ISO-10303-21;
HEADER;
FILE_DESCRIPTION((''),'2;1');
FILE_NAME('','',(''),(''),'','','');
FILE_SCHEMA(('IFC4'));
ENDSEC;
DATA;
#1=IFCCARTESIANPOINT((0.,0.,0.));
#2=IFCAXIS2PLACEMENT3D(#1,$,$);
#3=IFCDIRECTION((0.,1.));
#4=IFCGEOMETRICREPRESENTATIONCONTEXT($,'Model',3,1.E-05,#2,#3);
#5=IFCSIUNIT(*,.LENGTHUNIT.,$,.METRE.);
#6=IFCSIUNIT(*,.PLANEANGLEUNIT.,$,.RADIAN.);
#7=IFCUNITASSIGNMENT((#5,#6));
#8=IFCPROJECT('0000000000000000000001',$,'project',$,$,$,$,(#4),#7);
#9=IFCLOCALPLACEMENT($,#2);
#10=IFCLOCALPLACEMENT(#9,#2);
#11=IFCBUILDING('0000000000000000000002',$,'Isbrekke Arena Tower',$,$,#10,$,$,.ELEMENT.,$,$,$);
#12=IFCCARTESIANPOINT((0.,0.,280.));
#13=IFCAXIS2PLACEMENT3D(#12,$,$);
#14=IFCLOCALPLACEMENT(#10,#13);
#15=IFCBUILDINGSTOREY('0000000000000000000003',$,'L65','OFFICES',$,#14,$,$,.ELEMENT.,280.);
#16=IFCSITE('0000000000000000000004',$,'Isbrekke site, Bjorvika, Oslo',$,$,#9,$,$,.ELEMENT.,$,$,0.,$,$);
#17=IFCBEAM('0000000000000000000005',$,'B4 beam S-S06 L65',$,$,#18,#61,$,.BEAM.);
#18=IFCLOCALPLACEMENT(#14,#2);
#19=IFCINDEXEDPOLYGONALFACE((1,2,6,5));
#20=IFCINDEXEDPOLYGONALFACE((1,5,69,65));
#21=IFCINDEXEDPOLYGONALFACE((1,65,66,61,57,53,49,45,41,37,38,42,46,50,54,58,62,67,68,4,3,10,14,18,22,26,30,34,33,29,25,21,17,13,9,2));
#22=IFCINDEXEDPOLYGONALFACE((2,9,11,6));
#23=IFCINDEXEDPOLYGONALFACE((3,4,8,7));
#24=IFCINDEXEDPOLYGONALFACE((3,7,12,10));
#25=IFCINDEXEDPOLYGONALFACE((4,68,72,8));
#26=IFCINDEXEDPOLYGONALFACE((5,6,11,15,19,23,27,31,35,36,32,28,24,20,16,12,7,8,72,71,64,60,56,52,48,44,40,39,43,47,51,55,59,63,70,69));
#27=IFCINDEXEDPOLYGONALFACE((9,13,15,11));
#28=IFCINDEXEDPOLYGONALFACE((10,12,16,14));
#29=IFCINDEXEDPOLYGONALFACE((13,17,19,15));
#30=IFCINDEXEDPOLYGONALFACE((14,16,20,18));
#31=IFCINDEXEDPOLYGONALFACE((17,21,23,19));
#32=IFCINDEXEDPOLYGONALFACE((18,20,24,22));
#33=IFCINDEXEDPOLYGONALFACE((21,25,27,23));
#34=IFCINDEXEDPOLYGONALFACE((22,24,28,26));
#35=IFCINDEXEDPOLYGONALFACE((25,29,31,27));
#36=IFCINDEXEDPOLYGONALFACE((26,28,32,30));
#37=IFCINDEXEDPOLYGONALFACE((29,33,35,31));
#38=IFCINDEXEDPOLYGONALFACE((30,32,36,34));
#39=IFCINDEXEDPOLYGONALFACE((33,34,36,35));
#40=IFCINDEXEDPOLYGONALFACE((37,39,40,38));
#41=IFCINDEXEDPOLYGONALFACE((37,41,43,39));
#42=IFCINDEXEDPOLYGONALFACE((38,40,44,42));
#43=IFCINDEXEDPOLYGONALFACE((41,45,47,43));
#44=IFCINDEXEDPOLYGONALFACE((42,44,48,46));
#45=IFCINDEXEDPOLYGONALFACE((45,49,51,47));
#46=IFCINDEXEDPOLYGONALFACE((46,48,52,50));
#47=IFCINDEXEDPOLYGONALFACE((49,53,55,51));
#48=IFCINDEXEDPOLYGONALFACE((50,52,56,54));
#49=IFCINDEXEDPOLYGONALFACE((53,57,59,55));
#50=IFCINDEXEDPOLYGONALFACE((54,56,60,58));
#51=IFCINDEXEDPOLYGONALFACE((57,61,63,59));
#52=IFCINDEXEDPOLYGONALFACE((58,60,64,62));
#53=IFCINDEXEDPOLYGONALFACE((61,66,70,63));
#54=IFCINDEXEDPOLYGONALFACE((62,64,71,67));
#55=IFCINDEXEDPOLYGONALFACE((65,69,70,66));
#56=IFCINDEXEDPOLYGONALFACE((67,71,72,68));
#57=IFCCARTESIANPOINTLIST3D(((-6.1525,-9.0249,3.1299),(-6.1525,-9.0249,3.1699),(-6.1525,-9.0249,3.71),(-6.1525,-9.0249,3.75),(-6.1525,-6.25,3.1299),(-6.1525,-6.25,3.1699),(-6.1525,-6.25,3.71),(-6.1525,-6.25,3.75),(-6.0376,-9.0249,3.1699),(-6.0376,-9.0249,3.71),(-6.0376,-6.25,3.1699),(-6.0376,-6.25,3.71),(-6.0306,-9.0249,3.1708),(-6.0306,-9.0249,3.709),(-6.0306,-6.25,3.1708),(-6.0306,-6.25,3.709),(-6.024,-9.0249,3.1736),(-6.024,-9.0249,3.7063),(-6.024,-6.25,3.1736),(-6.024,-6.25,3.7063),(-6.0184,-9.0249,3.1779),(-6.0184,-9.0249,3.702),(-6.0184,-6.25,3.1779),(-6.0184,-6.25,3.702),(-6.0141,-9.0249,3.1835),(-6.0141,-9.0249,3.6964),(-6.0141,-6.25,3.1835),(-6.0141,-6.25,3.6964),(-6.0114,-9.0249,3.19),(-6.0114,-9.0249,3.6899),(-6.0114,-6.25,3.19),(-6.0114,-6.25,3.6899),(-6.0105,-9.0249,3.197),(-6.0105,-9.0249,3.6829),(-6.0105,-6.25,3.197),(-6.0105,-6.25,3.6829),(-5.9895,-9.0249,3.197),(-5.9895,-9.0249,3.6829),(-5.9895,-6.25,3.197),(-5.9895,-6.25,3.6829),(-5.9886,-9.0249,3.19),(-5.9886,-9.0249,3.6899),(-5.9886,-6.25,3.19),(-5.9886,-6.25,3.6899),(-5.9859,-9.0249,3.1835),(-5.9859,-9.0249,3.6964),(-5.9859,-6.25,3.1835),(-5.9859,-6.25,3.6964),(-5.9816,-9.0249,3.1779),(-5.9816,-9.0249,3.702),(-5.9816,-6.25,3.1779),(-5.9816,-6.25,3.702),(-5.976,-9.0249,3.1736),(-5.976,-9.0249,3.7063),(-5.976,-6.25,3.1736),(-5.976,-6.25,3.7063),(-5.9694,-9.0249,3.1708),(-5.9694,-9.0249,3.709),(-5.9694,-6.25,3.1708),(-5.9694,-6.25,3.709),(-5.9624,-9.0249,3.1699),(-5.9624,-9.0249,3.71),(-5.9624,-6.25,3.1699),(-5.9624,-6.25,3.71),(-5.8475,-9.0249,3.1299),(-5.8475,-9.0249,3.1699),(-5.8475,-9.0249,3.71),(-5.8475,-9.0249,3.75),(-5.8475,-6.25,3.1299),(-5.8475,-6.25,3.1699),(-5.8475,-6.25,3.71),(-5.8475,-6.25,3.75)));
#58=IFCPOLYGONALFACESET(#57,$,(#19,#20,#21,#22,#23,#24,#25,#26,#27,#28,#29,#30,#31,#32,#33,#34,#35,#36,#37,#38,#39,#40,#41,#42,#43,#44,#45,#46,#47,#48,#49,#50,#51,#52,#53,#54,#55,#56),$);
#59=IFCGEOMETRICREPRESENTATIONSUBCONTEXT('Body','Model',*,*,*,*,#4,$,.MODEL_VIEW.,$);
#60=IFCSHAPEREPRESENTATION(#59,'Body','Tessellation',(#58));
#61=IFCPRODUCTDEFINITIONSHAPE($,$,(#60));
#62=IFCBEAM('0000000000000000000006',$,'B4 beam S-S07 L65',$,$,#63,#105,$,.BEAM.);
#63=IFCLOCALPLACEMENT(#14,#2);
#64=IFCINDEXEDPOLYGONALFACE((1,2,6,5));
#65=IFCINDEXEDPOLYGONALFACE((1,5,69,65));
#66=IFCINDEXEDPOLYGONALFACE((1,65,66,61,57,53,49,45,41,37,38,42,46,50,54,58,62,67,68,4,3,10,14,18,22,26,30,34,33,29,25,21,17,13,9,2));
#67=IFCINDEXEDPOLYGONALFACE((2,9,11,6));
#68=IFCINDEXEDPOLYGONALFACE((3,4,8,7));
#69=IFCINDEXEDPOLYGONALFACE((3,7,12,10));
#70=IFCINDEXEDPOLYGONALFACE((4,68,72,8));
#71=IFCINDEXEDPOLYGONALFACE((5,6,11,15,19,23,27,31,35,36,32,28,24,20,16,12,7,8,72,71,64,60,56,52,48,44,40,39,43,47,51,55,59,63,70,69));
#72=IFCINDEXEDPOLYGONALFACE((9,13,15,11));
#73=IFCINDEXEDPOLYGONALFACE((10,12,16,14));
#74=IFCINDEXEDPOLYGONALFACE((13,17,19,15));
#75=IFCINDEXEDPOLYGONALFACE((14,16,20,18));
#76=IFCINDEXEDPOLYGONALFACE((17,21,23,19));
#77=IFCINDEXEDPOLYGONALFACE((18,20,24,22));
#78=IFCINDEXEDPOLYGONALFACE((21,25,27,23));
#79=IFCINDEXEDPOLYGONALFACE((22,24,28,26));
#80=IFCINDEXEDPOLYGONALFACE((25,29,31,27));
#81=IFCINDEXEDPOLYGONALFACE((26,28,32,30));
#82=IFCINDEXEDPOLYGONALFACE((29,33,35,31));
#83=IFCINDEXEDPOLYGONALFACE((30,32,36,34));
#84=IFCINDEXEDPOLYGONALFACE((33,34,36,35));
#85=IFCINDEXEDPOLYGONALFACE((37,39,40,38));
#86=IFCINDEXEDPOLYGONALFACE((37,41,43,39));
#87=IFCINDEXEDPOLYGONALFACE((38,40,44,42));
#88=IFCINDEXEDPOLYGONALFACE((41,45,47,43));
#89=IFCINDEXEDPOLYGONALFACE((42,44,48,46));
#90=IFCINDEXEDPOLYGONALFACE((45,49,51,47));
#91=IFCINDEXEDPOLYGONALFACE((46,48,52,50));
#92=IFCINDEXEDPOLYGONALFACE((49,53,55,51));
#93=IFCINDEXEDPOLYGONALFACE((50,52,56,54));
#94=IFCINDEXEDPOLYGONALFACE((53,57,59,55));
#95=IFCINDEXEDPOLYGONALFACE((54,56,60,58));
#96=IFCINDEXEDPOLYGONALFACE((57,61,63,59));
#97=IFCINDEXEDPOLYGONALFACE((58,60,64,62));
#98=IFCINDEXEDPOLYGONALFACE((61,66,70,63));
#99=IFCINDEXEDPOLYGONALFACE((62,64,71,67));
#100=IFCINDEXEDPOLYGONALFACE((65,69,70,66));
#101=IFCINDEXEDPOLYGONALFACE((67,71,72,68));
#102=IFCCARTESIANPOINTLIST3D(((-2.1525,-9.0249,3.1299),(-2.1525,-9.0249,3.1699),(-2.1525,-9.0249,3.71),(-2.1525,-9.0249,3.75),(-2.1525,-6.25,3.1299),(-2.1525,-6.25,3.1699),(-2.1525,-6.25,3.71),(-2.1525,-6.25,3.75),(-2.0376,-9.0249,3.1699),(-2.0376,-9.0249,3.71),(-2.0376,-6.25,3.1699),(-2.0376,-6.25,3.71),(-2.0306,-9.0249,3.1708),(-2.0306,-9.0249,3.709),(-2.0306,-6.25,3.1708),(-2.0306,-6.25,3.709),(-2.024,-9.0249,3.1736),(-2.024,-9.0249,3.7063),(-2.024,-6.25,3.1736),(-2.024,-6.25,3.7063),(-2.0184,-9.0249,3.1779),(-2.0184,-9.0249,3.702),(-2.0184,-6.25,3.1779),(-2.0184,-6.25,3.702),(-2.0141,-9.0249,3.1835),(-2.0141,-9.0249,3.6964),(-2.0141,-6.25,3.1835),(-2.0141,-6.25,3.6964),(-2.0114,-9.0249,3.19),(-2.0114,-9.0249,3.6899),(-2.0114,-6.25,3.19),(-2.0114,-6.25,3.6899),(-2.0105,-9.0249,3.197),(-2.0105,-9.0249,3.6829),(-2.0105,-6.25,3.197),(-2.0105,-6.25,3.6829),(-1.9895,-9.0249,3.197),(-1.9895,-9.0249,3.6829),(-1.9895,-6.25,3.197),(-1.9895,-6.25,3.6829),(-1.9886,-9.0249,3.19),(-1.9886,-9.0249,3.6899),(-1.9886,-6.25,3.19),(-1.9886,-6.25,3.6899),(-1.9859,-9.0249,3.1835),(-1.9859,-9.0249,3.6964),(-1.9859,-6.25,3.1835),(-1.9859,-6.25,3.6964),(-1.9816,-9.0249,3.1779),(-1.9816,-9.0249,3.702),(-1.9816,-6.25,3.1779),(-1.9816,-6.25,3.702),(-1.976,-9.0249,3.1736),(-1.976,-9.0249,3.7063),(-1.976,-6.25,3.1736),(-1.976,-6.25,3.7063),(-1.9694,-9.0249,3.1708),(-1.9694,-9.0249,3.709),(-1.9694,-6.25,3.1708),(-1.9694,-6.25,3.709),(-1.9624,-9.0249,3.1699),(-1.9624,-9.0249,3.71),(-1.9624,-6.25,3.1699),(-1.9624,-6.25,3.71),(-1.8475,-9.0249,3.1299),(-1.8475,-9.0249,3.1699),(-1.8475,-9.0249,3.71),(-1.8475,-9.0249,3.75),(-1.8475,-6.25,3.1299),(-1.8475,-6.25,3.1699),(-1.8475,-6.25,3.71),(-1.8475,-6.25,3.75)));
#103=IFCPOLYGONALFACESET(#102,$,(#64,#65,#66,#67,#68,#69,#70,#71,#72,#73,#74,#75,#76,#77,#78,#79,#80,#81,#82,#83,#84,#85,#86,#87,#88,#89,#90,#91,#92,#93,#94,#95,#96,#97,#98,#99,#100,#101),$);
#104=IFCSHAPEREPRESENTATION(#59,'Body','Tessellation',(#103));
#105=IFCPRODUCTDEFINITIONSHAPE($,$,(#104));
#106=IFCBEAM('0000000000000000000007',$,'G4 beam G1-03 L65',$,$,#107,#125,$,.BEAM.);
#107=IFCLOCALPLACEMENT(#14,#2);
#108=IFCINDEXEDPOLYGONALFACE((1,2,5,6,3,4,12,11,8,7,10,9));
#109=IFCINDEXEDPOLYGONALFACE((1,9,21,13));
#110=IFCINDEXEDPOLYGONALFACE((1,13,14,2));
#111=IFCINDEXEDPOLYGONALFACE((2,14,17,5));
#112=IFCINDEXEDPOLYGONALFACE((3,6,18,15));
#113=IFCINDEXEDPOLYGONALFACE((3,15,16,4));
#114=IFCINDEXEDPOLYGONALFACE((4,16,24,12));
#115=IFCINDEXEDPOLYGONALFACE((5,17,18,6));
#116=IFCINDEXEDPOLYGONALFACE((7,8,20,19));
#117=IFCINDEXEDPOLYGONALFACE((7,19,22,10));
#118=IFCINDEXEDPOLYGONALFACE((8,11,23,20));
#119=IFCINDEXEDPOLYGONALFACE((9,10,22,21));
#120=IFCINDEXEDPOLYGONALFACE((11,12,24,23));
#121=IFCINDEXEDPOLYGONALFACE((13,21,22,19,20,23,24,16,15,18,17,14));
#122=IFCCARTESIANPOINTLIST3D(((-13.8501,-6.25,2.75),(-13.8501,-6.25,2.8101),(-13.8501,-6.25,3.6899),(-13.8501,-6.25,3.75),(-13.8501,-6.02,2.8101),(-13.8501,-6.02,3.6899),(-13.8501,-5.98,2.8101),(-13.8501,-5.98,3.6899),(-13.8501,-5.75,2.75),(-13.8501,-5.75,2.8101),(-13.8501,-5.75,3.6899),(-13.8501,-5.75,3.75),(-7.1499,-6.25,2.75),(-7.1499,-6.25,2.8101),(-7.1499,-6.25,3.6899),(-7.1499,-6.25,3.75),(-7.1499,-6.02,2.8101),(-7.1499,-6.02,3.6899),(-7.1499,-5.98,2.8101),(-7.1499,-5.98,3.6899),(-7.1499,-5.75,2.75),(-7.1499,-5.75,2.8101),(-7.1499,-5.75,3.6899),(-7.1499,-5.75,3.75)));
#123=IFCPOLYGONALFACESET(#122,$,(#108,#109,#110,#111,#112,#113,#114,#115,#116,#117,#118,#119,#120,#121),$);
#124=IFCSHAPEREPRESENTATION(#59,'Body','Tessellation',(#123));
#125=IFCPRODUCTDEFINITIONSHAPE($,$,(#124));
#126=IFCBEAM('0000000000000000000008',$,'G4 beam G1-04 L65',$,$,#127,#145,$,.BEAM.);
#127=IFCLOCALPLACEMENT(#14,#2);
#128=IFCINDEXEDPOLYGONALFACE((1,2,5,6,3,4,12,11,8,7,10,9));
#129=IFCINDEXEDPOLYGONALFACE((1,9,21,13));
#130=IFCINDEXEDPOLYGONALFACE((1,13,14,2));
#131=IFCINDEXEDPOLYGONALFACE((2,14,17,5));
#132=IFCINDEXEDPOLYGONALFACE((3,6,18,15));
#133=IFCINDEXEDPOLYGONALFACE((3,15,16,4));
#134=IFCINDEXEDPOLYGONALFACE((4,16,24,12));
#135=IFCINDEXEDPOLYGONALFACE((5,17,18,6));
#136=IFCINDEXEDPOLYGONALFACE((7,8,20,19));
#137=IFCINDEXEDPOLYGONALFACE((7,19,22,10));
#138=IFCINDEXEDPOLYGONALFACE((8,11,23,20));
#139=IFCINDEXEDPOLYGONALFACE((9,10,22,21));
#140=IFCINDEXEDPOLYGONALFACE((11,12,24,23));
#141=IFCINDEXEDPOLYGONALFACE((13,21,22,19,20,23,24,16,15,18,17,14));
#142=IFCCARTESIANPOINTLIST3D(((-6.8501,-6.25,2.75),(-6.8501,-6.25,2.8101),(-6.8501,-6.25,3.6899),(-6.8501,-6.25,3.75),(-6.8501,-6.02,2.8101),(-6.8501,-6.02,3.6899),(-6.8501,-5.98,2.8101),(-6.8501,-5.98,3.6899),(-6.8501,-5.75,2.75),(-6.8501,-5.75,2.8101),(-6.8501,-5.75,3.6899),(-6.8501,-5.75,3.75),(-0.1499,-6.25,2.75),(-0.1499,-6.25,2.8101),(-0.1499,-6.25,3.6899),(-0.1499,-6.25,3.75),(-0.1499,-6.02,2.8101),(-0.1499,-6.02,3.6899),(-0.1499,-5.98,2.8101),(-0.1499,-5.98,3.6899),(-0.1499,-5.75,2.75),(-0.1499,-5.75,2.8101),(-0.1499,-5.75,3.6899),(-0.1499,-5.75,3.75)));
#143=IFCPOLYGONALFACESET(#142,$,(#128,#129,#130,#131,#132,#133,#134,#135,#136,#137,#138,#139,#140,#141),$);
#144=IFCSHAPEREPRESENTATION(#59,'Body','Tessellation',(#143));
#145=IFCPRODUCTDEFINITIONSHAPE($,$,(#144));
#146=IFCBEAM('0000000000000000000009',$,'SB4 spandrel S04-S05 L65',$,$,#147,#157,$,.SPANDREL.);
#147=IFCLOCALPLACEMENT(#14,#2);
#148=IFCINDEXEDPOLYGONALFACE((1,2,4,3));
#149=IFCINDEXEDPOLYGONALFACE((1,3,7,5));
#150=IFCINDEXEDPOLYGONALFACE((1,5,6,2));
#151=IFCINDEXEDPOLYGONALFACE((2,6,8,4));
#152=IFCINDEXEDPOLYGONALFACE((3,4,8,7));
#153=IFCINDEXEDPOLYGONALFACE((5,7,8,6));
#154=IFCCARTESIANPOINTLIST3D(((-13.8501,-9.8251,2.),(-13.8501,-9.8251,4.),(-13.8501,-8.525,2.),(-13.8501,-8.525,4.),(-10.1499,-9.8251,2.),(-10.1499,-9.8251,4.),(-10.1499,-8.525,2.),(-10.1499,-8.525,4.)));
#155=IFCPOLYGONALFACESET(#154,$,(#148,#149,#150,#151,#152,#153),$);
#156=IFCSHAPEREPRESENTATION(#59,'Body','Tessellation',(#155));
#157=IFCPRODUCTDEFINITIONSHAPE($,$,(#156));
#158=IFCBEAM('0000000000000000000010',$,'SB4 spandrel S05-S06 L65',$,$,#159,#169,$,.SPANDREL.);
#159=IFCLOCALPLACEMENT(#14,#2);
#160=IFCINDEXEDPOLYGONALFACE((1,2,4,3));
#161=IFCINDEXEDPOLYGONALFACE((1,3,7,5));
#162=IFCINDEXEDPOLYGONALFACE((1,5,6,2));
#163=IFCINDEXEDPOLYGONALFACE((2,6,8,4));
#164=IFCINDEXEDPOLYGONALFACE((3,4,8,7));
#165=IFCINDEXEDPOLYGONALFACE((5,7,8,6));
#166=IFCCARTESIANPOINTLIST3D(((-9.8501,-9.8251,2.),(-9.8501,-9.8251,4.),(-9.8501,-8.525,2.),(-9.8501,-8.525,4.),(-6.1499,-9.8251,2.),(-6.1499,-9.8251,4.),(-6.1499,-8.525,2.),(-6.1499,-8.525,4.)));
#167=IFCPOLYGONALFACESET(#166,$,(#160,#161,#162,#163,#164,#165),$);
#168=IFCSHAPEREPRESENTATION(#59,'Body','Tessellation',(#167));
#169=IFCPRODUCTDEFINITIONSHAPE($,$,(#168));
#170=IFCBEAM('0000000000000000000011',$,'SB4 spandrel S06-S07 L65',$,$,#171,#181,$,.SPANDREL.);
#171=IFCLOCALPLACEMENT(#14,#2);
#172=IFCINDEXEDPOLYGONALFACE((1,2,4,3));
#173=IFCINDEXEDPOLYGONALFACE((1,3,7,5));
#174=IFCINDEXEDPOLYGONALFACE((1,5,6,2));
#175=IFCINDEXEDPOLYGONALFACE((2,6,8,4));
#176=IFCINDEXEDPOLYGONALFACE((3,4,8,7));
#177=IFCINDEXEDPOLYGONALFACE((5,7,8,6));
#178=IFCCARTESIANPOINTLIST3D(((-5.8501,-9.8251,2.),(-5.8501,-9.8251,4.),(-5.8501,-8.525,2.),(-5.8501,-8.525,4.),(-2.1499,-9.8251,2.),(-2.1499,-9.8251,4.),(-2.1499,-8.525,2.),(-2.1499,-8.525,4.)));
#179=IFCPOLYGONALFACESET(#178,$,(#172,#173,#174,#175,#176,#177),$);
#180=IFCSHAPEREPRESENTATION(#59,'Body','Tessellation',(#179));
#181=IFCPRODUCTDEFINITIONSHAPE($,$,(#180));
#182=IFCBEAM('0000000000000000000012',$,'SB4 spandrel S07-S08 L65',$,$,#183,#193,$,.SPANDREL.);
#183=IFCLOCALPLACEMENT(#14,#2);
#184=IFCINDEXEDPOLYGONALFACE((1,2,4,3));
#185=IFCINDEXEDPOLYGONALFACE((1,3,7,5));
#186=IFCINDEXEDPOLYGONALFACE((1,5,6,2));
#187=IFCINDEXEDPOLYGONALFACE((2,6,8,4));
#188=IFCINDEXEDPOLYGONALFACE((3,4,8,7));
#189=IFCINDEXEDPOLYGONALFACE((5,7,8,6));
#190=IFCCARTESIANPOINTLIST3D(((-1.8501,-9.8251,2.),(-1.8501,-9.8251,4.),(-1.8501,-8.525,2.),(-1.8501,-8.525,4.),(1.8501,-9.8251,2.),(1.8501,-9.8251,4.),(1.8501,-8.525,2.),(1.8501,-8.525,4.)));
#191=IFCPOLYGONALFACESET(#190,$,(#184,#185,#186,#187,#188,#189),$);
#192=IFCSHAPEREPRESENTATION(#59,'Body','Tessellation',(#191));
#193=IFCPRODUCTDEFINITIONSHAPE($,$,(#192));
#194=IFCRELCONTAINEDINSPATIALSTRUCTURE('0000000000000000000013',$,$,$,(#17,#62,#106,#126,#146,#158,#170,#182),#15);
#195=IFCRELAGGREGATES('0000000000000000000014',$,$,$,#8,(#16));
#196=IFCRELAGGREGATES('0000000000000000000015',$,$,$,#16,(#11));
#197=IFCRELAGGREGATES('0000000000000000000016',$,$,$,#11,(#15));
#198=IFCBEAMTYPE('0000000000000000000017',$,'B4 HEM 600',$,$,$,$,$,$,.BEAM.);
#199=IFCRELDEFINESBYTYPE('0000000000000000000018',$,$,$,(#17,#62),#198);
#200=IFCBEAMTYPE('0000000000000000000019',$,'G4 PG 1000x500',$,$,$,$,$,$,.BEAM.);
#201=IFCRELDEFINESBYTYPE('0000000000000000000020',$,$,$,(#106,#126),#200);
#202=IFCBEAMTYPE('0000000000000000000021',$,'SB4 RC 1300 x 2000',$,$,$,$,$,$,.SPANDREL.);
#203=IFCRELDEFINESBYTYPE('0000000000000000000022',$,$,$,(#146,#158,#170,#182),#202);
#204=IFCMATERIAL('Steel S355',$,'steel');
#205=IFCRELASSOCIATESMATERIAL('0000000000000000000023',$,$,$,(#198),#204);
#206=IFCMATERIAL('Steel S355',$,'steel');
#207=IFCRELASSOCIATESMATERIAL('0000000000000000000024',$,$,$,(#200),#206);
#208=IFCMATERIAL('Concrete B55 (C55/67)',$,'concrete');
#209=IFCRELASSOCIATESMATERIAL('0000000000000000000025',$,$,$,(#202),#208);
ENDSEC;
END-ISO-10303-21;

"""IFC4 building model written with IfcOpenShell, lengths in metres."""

from ifc_helpers import new_model, si_unit, direction, frame, origin, origin_2d, place, context, subcontext, project, spatial, rectangle, i_section, extrude, material, material_profile, profile_set, type_object, element, save


model = new_model("IFC4")

# Units and contexts
model_context = context("Model", 3, precision=1e-05, world=origin(), true_north=direction((0.0, 1.0)))
body_context = subcontext(model_context, "Body", "Model", "MODEL_VIEW")
ifc_project = project(units=[si_unit("LENGTHUNIT", "METRE"), si_unit("PLANEANGLEUNIT", "RADIAN")], contexts=[model_context])

# Site, building, storey
site_placement = place(None, origin())
site = spatial("IfcSite", under=ifc_project, at=site_placement, Name="Isbrekke site, Bjorvika, Oslo", CompositionType="ELEMENT", RefElevation=0.0)
building_placement = place(site_placement, origin())
building = spatial("IfcBuilding", under=site, at=building_placement, Name="Isbrekke Arena Tower", CompositionType="ELEMENT")
storey_placement = place(building_placement, frame((0.0, 0.0, 280.0)))
storey = spatial("IfcBuildingStorey", under=building, at=storey_placement, Name="L65", Description="OFFICES", CompositionType="ELEMENT", Elevation=280.0)

# Beams
ifc_material_1 = material(Name="Steel S355", Category="steel")
ifc_material_profile_1 = material_profile(ifc_material_1, i_section(OverallWidth=0.3049, OverallDepth=0.6201, WebThickness=0.021, FlangeThickness=0.04, FilletRadius=0.0271, at=origin_2d()), Name="HEM 600")
ifc_profile_set_1 = profile_set([ifc_material_profile_1], Name="Steel S355")
beam_type_1 = type_object("IfcBeamType", Name="B4 HEM 600", PredefinedType="BEAM", material=ifc_profile_set_1)
for number, where, z_axis, x_axis, name in (
    (1, (-6.0, -9.0249, 3.4399), (0.0, 1.0, 0.0), (-1.0, 0.0, 0.0), "B4 beam S-S06 L65"),
    (2, (-2.0, -9.0249, 3.4399), (0.0, 1.0, 0.0), (-1.0, 0.0, 0.0), "B4 beam S-S07 L65"),
):
    element("IfcBeam", number, at=place(storey_placement, frame(where, z_axis=z_axis, x_axis=x_axis)), inside=storey, type_object=beam_type_1, Name=name, PredefinedType="BEAM", context=body_context, shape_type="SweptSolid", body=[
        extrude(i_section(OverallWidth=0.3049, OverallDepth=0.6201, WebThickness=0.021, FlangeThickness=0.04, FilletRadius=0.0271, at=origin_2d()), origin(), (0.0, 0.0, 1.0), 2.7749),
    ])
ifc_material_2 = material(Name="Steel S355", Category="steel")
ifc_material_profile_2 = material_profile(ifc_material_2, i_section(OverallWidth=0.5, OverallDepth=1.0, WebThickness=0.04, FlangeThickness=0.0601, at=origin_2d()), Name="PG 1000x500")
ifc_profile_set_2 = profile_set([ifc_material_profile_2], Name="Steel S355")
beam_type_2 = type_object("IfcBeamType", Name="G4 PG 1000x500", PredefinedType="BEAM", material=ifc_profile_set_2)
for number, where, z_axis, x_axis, name in (
    (3, (-13.8501, -6.0, 3.25), (1.0, 0.0, 0.0), (0.0, 1.0, 0.0), "G4 beam G1-03 L65"),
    (4, (-6.8501, -6.0, 3.25), (1.0, 0.0, 0.0), (0.0, 1.0, 0.0), "G4 beam G1-04 L65"),
):
    element("IfcBeam", number, at=place(storey_placement, frame(where, z_axis=z_axis, x_axis=x_axis)), inside=storey, type_object=beam_type_2, Name=name, PredefinedType="BEAM", context=body_context, shape_type="SweptSolid", body=[
        extrude(i_section(OverallWidth=0.5, OverallDepth=1.0, WebThickness=0.04, FlangeThickness=0.0601, at=origin_2d()), origin(), (0.0, 0.0, 1.0), 6.7002),
    ])
ifc_material_3 = material(Name="Concrete B55 (C55/67)", Category="concrete")
ifc_material_profile_3 = material_profile(ifc_material_3, rectangle(XDim=1.3, YDim=2.0, at=origin_2d()), Name="RC 1300x2000")
ifc_profile_set_3 = profile_set([ifc_material_profile_3], Name="Concrete B55 (C55/67)")
beam_type_3 = type_object("IfcBeamType", Name="SB4 RC 1300 x 2000", PredefinedType="SPANDREL", material=ifc_profile_set_3)
for number, where, z_axis, x_axis, name in (
    (5, (-13.8501, -9.175, 3.0), (1.0, 0.0, 0.0), (0.0, 1.0, 0.0), "SB4 spandrel S04-S05 L65"),
    (6, (-9.8501, -9.175, 3.0), (1.0, 0.0, 0.0), (0.0, 1.0, 0.0), "SB4 spandrel S05-S06 L65"),
    (7, (-5.8501, -9.175, 3.0), (1.0, 0.0, 0.0), (0.0, 1.0, 0.0), "SB4 spandrel S06-S07 L65"),
    (8, (-1.8501, -9.175, 3.0), (1.0, 0.0, 0.0), (0.0, 1.0, 0.0), "SB4 spandrel S07-S08 L65"),
):
    element("IfcBeam", number, at=place(storey_placement, frame(where, z_axis=z_axis, x_axis=x_axis)), inside=storey, type_object=beam_type_3, Name=name, PredefinedType="SPANDREL", context=body_context, shape_type="SweptSolid", body=[
        extrude(rectangle(XDim=1.3, YDim=2.0, at=origin_2d()), origin(), (0.0, 0.0, 1.0), 3.7002),
    ])

save(model, "model.ifc")
